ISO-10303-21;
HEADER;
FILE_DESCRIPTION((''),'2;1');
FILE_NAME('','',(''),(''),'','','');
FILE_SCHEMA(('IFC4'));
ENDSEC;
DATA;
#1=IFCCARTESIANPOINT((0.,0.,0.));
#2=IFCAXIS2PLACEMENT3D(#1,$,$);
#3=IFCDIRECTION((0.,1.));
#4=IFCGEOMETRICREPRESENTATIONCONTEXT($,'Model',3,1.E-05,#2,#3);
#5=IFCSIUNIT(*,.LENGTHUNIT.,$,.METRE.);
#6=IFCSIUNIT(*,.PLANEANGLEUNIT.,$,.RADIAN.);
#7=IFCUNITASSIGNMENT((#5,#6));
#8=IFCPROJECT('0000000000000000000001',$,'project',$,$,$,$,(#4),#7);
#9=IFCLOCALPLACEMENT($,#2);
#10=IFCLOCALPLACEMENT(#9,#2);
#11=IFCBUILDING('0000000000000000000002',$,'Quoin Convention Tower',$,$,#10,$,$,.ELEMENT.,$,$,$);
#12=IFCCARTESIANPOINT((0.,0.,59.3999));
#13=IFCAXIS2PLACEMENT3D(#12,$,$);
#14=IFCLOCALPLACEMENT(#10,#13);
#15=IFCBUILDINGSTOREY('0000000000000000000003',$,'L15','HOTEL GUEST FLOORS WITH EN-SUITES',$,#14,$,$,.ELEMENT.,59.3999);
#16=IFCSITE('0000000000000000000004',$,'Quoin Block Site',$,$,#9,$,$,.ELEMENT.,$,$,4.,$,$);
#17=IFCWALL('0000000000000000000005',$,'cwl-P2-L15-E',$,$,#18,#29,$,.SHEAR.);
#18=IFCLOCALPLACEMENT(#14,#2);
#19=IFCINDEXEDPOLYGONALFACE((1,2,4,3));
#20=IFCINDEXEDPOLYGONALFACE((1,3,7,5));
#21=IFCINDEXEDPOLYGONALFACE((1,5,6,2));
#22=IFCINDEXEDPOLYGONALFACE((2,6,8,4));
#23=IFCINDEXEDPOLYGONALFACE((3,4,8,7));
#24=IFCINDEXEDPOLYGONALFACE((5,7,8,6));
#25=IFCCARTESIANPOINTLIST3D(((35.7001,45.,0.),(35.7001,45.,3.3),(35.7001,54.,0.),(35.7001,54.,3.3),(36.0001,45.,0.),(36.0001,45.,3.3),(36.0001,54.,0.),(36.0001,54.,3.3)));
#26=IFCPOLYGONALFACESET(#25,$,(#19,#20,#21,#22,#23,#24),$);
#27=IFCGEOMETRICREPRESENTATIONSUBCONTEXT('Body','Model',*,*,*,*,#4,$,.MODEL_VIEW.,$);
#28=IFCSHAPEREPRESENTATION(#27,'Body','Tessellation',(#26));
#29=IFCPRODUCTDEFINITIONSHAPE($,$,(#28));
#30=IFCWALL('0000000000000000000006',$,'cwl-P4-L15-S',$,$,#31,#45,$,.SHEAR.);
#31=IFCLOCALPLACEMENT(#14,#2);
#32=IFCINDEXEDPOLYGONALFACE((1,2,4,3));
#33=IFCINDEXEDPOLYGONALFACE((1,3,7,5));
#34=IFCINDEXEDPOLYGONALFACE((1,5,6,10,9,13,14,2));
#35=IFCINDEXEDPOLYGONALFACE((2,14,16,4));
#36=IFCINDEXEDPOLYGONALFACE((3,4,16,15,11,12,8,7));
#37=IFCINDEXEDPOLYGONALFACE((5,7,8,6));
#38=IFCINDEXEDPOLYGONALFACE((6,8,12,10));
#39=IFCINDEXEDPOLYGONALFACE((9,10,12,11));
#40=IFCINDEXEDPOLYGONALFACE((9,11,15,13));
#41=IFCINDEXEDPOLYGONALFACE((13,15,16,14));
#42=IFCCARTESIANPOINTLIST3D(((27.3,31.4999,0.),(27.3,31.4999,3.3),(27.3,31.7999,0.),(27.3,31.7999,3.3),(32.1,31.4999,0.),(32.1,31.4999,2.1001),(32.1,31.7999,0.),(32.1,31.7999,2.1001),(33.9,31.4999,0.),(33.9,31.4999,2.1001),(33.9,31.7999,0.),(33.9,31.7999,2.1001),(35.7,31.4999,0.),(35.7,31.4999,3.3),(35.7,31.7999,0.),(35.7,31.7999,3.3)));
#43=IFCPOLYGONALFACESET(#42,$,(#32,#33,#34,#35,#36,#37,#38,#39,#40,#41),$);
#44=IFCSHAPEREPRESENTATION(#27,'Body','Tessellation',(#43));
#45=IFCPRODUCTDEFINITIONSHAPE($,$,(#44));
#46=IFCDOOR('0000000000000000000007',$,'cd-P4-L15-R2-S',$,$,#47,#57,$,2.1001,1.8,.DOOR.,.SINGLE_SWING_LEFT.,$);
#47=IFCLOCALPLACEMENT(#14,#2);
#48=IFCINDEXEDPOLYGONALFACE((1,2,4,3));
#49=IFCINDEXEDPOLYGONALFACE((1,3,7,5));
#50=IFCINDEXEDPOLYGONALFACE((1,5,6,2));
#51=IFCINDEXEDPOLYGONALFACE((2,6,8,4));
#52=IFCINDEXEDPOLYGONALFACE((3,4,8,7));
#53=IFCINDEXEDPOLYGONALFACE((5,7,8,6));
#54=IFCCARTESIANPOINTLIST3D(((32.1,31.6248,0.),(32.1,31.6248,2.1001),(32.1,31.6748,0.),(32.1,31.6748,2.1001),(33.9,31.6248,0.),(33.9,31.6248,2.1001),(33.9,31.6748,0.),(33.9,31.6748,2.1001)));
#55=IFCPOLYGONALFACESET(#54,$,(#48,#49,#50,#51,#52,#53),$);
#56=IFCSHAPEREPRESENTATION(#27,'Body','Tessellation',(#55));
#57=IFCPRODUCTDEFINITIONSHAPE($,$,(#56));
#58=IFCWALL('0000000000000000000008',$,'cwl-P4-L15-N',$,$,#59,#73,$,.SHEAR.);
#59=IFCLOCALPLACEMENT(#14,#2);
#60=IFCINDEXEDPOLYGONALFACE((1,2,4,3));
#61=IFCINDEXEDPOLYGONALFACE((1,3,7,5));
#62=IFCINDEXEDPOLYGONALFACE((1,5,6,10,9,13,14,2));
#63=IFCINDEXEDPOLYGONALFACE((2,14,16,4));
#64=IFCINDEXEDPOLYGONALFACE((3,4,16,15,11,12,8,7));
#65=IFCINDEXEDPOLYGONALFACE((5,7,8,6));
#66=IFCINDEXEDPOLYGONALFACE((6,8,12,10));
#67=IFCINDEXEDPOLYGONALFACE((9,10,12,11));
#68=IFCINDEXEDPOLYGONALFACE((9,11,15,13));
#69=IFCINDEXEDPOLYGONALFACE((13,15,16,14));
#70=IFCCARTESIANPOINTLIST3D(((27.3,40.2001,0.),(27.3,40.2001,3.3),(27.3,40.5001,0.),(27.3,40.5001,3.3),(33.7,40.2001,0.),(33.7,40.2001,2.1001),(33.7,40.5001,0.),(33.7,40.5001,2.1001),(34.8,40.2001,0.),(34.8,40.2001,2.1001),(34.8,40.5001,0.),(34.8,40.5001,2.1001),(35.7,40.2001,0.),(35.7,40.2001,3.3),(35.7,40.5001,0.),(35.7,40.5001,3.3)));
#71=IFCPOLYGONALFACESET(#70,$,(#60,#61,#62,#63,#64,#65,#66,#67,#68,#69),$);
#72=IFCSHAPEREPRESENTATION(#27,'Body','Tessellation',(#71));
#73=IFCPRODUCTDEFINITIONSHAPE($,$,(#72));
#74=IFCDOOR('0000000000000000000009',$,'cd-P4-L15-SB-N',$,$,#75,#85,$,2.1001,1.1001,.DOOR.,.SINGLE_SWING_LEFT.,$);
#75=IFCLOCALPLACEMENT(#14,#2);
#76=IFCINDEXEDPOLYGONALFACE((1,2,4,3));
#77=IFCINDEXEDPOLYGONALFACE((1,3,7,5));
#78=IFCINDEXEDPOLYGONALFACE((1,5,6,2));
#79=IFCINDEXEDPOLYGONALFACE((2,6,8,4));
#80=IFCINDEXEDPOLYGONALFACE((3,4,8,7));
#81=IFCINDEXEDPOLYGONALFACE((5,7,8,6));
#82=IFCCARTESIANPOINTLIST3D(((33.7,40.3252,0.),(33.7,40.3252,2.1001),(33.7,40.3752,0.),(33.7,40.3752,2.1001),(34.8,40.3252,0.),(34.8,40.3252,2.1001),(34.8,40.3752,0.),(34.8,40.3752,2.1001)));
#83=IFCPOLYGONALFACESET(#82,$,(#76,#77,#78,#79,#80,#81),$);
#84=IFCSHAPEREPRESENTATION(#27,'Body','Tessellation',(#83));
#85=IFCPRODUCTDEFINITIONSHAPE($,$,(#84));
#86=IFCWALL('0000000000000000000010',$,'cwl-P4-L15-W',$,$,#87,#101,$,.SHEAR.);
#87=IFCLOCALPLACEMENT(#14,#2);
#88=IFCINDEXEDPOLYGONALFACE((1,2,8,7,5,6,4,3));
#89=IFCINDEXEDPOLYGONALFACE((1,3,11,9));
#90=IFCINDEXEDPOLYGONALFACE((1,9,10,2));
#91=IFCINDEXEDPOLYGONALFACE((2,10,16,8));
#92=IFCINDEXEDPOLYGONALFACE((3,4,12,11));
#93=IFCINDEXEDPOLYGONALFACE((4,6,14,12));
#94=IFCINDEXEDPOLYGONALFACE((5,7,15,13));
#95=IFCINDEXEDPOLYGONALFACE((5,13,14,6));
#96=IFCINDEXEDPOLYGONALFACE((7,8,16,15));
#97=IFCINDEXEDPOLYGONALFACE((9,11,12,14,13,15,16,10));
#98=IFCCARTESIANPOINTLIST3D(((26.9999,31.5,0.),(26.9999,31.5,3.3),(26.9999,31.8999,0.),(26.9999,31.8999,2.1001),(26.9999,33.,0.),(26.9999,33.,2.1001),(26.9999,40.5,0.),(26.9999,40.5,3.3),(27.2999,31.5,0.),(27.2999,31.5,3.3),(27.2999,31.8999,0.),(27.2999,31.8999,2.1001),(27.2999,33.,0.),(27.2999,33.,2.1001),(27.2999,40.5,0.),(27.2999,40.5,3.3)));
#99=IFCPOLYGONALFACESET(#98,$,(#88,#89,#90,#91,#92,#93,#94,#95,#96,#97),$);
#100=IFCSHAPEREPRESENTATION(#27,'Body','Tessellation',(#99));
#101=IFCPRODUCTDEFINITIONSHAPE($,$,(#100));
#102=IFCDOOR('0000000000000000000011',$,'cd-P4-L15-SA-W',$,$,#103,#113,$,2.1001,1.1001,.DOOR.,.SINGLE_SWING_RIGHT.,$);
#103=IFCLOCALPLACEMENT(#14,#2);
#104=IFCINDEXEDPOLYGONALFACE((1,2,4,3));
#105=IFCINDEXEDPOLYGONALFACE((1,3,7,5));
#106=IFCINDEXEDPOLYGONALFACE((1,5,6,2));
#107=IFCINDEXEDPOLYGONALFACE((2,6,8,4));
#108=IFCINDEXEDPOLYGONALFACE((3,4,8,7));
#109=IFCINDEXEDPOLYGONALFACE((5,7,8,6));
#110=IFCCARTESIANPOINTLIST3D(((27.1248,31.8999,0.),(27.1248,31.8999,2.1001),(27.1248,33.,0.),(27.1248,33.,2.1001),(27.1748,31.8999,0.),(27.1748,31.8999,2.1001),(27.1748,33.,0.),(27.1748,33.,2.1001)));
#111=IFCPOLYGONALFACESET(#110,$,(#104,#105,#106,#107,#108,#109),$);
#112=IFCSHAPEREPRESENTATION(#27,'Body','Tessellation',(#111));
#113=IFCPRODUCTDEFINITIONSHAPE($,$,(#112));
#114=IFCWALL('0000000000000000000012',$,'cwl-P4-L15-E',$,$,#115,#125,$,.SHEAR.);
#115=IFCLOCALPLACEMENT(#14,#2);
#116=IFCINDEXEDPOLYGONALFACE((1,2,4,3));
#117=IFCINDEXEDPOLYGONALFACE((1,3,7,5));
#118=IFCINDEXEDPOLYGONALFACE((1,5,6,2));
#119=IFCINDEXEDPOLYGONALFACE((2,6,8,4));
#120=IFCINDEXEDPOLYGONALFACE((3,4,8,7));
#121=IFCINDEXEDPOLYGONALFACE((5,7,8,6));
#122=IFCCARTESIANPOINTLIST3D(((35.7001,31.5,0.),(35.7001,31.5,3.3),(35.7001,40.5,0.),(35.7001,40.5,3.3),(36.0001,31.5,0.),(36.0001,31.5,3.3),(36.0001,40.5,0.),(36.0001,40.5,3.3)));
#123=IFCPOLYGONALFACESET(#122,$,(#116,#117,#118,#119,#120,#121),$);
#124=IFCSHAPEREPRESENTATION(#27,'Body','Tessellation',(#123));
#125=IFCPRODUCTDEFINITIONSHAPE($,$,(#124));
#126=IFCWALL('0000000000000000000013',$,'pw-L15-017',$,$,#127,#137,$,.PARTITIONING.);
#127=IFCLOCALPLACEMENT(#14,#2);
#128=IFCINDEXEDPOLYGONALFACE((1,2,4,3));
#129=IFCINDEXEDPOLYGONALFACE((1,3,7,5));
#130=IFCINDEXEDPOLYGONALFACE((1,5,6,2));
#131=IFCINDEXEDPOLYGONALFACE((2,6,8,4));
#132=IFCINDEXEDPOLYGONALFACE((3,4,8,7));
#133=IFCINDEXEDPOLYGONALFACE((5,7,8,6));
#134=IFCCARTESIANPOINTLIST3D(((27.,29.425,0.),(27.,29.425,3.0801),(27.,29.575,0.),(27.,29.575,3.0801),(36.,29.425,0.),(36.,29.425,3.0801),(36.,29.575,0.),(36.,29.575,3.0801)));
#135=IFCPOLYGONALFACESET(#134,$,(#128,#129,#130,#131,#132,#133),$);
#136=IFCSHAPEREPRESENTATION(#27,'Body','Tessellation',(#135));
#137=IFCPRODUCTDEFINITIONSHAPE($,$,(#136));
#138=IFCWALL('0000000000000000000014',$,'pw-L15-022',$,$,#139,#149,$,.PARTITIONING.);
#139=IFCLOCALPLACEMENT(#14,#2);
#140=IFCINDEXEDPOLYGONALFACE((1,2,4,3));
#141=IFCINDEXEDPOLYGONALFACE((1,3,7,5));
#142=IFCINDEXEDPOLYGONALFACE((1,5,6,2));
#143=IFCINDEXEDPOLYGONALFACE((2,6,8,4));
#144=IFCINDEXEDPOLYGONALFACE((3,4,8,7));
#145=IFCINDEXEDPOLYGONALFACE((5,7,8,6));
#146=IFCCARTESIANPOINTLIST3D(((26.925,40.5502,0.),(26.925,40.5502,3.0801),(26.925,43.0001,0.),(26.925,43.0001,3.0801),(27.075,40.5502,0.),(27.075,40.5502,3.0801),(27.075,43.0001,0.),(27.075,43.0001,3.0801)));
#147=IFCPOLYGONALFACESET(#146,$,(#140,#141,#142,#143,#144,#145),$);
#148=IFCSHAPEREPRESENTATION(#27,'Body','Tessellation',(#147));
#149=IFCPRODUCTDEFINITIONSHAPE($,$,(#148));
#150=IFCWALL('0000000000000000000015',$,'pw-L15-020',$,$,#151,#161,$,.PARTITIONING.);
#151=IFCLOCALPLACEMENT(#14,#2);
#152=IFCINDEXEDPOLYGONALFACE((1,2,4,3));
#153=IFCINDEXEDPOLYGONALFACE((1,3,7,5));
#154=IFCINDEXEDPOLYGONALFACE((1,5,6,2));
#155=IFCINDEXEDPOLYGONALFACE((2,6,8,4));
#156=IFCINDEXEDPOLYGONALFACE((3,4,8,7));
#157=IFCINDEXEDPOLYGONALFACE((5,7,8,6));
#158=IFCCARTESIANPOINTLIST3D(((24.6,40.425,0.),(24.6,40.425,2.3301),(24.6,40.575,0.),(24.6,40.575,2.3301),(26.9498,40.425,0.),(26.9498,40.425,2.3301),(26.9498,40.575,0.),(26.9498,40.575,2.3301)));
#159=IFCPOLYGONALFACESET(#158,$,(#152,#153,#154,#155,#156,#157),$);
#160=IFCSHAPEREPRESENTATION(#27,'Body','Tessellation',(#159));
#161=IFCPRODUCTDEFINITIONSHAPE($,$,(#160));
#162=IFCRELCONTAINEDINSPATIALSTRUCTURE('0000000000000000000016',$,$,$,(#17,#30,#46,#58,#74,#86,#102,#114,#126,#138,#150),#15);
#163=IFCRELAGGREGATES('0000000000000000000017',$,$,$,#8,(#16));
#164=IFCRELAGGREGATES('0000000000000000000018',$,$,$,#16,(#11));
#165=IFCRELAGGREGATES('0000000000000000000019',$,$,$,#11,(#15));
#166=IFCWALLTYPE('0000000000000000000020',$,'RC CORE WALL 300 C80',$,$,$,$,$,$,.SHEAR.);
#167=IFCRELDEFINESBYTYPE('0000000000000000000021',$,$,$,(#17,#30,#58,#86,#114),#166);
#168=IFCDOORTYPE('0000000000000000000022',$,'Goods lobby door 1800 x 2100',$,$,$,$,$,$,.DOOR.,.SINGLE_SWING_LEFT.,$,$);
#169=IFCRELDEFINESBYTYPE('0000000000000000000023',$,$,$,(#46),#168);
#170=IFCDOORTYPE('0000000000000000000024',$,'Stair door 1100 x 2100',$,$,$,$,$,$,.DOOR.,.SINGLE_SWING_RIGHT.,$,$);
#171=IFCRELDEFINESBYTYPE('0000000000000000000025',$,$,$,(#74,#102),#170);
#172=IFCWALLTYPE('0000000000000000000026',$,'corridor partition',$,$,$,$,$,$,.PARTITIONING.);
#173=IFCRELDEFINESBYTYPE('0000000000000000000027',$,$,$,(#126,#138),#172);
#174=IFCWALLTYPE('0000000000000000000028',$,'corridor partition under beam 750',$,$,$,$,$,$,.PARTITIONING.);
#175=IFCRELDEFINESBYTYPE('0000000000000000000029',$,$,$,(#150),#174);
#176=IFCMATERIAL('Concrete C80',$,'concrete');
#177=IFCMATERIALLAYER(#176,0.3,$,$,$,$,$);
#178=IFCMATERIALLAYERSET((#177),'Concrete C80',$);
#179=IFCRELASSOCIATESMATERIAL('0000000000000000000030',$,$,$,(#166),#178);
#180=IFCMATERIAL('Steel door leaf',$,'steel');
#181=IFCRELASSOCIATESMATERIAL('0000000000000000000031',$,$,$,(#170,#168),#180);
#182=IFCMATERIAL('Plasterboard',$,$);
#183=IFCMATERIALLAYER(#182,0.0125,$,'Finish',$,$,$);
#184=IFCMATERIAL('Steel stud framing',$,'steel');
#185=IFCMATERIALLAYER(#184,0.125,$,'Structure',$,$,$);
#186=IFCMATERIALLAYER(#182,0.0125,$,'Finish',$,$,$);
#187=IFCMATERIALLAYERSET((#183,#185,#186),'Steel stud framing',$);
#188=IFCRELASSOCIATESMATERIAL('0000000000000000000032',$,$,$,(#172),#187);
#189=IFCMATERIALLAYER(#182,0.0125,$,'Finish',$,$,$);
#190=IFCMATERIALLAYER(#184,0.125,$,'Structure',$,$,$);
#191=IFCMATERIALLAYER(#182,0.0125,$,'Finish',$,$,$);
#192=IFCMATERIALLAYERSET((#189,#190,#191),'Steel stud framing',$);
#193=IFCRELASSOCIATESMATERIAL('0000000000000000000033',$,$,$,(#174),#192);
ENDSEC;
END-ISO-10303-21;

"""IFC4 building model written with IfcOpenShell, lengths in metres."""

from ifc_helpers import new_model, si_unit, direction, frame, frame_2d, origin, place, context, subcontext, project, spatial, rectangle, extrude, material, layer, layer_set, type_object, element, fill, save


model = new_model("IFC4")

# Units and contexts
model_context = context("Model", 3, precision=1e-05, world=origin(), true_north=direction((0.0, 1.0)))
body_context = subcontext(model_context, "Body", "Model", "MODEL_VIEW")
ifc_project = project(units=[si_unit("LENGTHUNIT", "METRE"), si_unit("PLANEANGLEUNIT", "RADIAN")], contexts=[model_context])

# Site, building, storey
site_placement = place(None, origin())
site = spatial("IfcSite", under=ifc_project, at=site_placement, Name="Quoin Block Site", CompositionType="ELEMENT", RefElevation=4.0)
building_placement = place(site_placement, origin())
building = spatial("IfcBuilding", under=site, at=building_placement, Name="Quoin Convention Tower", CompositionType="ELEMENT")
storey_placement = place(building_placement, frame((0.0, 0.0, 59.3999)))
storey = spatial("IfcBuildingStorey", under=building, at=storey_placement, Name="L15", Description="HOTEL GUEST FLOORS WITH EN-SUITES", CompositionType="ELEMENT", Elevation=59.3999)

# Shared definitions
ifc_material_1 = material(Name="Concrete C80", Category="concrete")

# Shared definitions
ifc_material_2 = material(Name="Steel door leaf", Category="steel")

# Shared definitions
ifc_layer_1 = layer(ifc_material_1, 0.3)
ifc_layer_set_1 = layer_set([ifc_layer_1], Name="Concrete C80")
wall_type_1 = type_object("IfcWallType", Name="RC CORE WALL 300 C80", PredefinedType="SHEAR", material=ifc_layer_set_1)
door_type_1 = type_object("IfcDoorType", Name="Stair door 1100 x 2100", OperationType="SINGLE_SWING_RIGHT", PredefinedType="DOOR", material=ifc_material_2)

# Wall
wall_1_placement = place(storey_placement, frame((35.8501, 45.0, 0.0), z_axis=(0.0, 0.0, 1.0), x_axis=(0.0, 1.0, 0.0)))
element("IfcWall", 1, at=wall_1_placement, inside=storey, type_object=wall_type_1, Name="cwl-P2-L15-E", PredefinedType="SHEAR", context=body_context, shape_type="SweptSolid", body=[
    extrude(rectangle(XDim=9.0, YDim=0.3, at=frame_2d((4.5, 0.0))), origin(), (0.0, 0.0, 1.0), 3.3),
])

# Walls, openings, doors
wall_2_placement = place(storey_placement, frame((27.3, 31.6499, 0.0), z_axis=(0.0, 0.0, 1.0), x_axis=(1.0, 0.0, 0.0)))
wall_2 = element("IfcWall", 2, at=wall_2_placement, inside=storey, type_object=wall_type_1, Name="cwl-P4-L15-S", PredefinedType="SHEAR", context=body_context, shape_type="SweptSolid", body=[
    extrude(rectangle(XDim=8.3999, YDim=0.3, at=frame_2d((4.2, 0.0))), origin(), (0.0, 0.0, 1.0), 3.3),
])
opening_1_placement = place(wall_2_placement, frame((4.8, 0.0, 0.0)))
opening_1 = element("IfcOpeningElement", 3, at=opening_1_placement, cuts=wall_2, PredefinedType="OPENING", context=body_context, shape_type="SweptSolid", body=[
    extrude(rectangle(XDim=1.8, YDim=2.1001, at=frame_2d((0.8999, 1.05))), frame((0.0, 0.1599, 0.0), z_axis=(0.0, -1.0, 0.0), x_axis=(1.0, 0.0, 0.0)), (0.0, 0.0, 1.0), 0.3201),
])
door_type_2 = type_object("IfcDoorType", Name="Goods lobby door 1800 x 2100", OperationType="SINGLE_SWING_LEFT", PredefinedType="DOOR", material=ifc_material_2)
door_1_placement = place(opening_1_placement, origin())
door_1 = element("IfcDoor", 4, at=door_1_placement, inside=storey, type_object=door_type_2, Name="cd-P4-L15-R2-S", OperationType="SINGLE_SWING_LEFT", OverallHeight=2.1001, OverallWidth=1.8, PredefinedType="DOOR", context=body_context, shape_type="SweptSolid", body=[
    extrude(rectangle(XDim=1.8, YDim=2.1001, at=frame_2d((0.8999, 1.05))), frame((0.0, 0.0249, 0.0), z_axis=(0.0, -1.0, 0.0), x_axis=(1.0, 0.0, 0.0)), (0.0, 0.0, 1.0), 0.05),
])
fill(opening_1, door_1)
wall_3_placement = place(storey_placement, frame((27.3, 40.3501, 0.0), z_axis=(0.0, 0.0, 1.0), x_axis=(1.0, 0.0, 0.0)))
wall_3 = element("IfcWall", 5, at=wall_3_placement, inside=storey, type_object=wall_type_1, Name="cwl-P4-L15-N", PredefinedType="SHEAR", context=body_context, shape_type="SweptSolid", body=[
    extrude(rectangle(XDim=8.3999, YDim=0.3, at=frame_2d((4.2, 0.0))), origin(), (0.0, 0.0, 1.0), 3.3),
])
opening_2_placement = place(wall_3_placement, frame((6.3999, 0.0, 0.0)))
opening_2 = element("IfcOpeningElement", 6, at=opening_2_placement, cuts=wall_3, PredefinedType="OPENING", context=body_context, shape_type="SweptSolid", body=[
    extrude(rectangle(XDim=1.1001, YDim=2.1001, at=frame_2d((0.55, 1.05))), frame((0.0, 0.1599, 0.0), z_axis=(0.0, -1.0, 0.0), x_axis=(1.0, 0.0, 0.0)), (0.0, 0.0, 1.0), 0.3201),
])
door_2_placement = place(opening_2_placement, frame((1.1001, 0.0, 0.0), z_axis=(0.0, 0.0, 1.0), x_axis=(-1.0, 0.0, 0.0)))
door_2 = element("IfcDoor", 7, at=door_2_placement, inside=storey, type_object=door_type_1, Name="cd-P4-L15-SB-N", OperationType="SINGLE_SWING_LEFT", OverallHeight=2.1001, OverallWidth=1.1001, PredefinedType="DOOR", context=body_context, shape_type="SweptSolid", body=[
    extrude(rectangle(XDim=1.1001, YDim=2.1001, at=frame_2d((0.55, 1.05))), frame((0.0, 0.0249, 0.0), z_axis=(0.0, -1.0, 0.0), x_axis=(1.0, 0.0, 0.0)), (0.0, 0.0, 1.0), 0.05),
])
fill(opening_2, door_2)
wall_4_placement = place(storey_placement, frame((27.1499, 31.5, 0.0), z_axis=(0.0, 0.0, 1.0), x_axis=(0.0, 1.0, 0.0)))
wall_4 = element("IfcWall", 8, at=wall_4_placement, inside=storey, type_object=wall_type_1, Name="cwl-P4-L15-W", PredefinedType="SHEAR", context=body_context, shape_type="SweptSolid", body=[
    extrude(rectangle(XDim=9.0, YDim=0.3, at=frame_2d((4.5, 0.0))), origin(), (0.0, 0.0, 1.0), 3.3),
])
opening_3_placement = place(wall_4_placement, frame((0.3999, 0.0, 0.0)))
opening_3 = element("IfcOpeningElement", 9, at=opening_3_placement, cuts=wall_4, PredefinedType="OPENING", context=body_context, shape_type="SweptSolid", body=[
    extrude(rectangle(XDim=1.1001, YDim=2.1001, at=frame_2d((0.55, 1.05))), frame((0.0, 0.1599, 0.0), z_axis=(0.0, -1.0, 0.0), x_axis=(1.0, 0.0, 0.0)), (0.0, 0.0, 1.0), 0.3201),
])
door_3_placement = place(opening_3_placement, frame((1.1001, 0.0, 0.0), z_axis=(0.0, 0.0, 1.0), x_axis=(-1.0, 0.0, 0.0)))
door_3 = element("IfcDoor", 10, at=door_3_placement, inside=storey, type_object=door_type_1, Name="cd-P4-L15-SA-W", OperationType="SINGLE_SWING_RIGHT", OverallHeight=2.1001, OverallWidth=1.1001, PredefinedType="DOOR", context=body_context, shape_type="SweptSolid", body=[
    extrude(rectangle(XDim=1.1001, YDim=2.1001, at=frame_2d((0.55, 1.05))), frame((0.0, 0.0249, 0.0), z_axis=(0.0, -1.0, 0.0), x_axis=(1.0, 0.0, 0.0)), (0.0, 0.0, 1.0), 0.05),
])
fill(opening_3, door_3)

# Walls
wall_5_placement = place(storey_placement, frame((35.8501, 31.5, 0.0), z_axis=(0.0, 0.0, 1.0), x_axis=(0.0, 1.0, 0.0)))
element("IfcWall", 11, at=wall_5_placement, inside=storey, type_object=wall_type_1, Name="cwl-P4-L15-E", PredefinedType="SHEAR", context=body_context, shape_type="SweptSolid", body=[
    extrude(rectangle(XDim=9.0, YDim=0.3, at=frame_2d((4.5, 0.0))), origin(), (0.0, 0.0, 1.0), 3.3),
])
ifc_material_3 = material(Name="Plasterboard")
ifc_layer_2 = layer(ifc_material_3, 0.0125, Name="Finish")
ifc_material_4 = material(Name="Steel stud framing", Category="steel")
ifc_layer_3 = layer(ifc_material_4, 0.125, Name="Structure")
ifc_layer_4 = layer(ifc_material_3, 0.0125, Name="Finish")
ifc_layer_set_2 = layer_set([ifc_layer_2, ifc_layer_3, ifc_layer_4], Name="Steel stud framing")
wall_type_2 = type_object("IfcWallType", Name="corridor partition", PredefinedType="PARTITIONING", material=ifc_layer_set_2)
wall_6_placement = place(storey_placement, frame((27.0, 29.5, 0.0), z_axis=(0.0, 0.0, 1.0), x_axis=(1.0, 0.0, 0.0)))
element("IfcWall", 12, at=wall_6_placement, inside=storey, type_object=wall_type_2, Name="pw-L15-017", PredefinedType="PARTITIONING", context=body_context, shape_type="SweptSolid", body=[
    extrude(rectangle(XDim=9.0, YDim=0.1499, at=frame_2d((4.5, 0.0))), origin(), (0.0, 0.0, 1.0), 3.0801),
])
wall_7_placement = place(storey_placement, frame((27.0, 40.55, 0.0), z_axis=(0.0, 0.0, 1.0), x_axis=(0.0, 1.0, 0.0)))
element("IfcWall", 13, at=wall_7_placement, inside=storey, type_object=wall_type_2, Name="pw-L15-022", PredefinedType="PARTITIONING", context=body_context, shape_type="SweptSolid", body=[
    extrude(rectangle(XDim=2.45, YDim=0.1499, at=frame_2d((1.2251, 0.0))), origin(), (0.0, 0.0, 1.0), 3.0801),
])
ifc_layer_5 = layer(ifc_material_3, 0.0125, Name="Finish")
ifc_layer_6 = layer(ifc_material_4, 0.125, Name="Structure")
ifc_layer_7 = layer(ifc_material_3, 0.0125, Name="Finish")
ifc_layer_set_3 = layer_set([ifc_layer_5, ifc_layer_6, ifc_layer_7], Name="Steel stud framing")
wall_type_3 = type_object("IfcWallType", Name="corridor partition under beam 750", PredefinedType="PARTITIONING", material=ifc_layer_set_3)
wall_8_placement = place(storey_placement, frame((24.6001, 40.5, 0.0), z_axis=(0.0, 0.0, 1.0), x_axis=(1.0, 0.0, 0.0)))
element("IfcWall", 14, at=wall_8_placement, inside=storey, type_object=wall_type_3, Name="pw-L15-020", PredefinedType="PARTITIONING", context=body_context, shape_type="SweptSolid", body=[
    extrude(rectangle(XDim=2.3499, YDim=0.1499, at=frame_2d((1.1748, 0.0))), origin(), (0.0, 0.0, 1.0), 2.3301),
])

save(model, "model.ifc")
